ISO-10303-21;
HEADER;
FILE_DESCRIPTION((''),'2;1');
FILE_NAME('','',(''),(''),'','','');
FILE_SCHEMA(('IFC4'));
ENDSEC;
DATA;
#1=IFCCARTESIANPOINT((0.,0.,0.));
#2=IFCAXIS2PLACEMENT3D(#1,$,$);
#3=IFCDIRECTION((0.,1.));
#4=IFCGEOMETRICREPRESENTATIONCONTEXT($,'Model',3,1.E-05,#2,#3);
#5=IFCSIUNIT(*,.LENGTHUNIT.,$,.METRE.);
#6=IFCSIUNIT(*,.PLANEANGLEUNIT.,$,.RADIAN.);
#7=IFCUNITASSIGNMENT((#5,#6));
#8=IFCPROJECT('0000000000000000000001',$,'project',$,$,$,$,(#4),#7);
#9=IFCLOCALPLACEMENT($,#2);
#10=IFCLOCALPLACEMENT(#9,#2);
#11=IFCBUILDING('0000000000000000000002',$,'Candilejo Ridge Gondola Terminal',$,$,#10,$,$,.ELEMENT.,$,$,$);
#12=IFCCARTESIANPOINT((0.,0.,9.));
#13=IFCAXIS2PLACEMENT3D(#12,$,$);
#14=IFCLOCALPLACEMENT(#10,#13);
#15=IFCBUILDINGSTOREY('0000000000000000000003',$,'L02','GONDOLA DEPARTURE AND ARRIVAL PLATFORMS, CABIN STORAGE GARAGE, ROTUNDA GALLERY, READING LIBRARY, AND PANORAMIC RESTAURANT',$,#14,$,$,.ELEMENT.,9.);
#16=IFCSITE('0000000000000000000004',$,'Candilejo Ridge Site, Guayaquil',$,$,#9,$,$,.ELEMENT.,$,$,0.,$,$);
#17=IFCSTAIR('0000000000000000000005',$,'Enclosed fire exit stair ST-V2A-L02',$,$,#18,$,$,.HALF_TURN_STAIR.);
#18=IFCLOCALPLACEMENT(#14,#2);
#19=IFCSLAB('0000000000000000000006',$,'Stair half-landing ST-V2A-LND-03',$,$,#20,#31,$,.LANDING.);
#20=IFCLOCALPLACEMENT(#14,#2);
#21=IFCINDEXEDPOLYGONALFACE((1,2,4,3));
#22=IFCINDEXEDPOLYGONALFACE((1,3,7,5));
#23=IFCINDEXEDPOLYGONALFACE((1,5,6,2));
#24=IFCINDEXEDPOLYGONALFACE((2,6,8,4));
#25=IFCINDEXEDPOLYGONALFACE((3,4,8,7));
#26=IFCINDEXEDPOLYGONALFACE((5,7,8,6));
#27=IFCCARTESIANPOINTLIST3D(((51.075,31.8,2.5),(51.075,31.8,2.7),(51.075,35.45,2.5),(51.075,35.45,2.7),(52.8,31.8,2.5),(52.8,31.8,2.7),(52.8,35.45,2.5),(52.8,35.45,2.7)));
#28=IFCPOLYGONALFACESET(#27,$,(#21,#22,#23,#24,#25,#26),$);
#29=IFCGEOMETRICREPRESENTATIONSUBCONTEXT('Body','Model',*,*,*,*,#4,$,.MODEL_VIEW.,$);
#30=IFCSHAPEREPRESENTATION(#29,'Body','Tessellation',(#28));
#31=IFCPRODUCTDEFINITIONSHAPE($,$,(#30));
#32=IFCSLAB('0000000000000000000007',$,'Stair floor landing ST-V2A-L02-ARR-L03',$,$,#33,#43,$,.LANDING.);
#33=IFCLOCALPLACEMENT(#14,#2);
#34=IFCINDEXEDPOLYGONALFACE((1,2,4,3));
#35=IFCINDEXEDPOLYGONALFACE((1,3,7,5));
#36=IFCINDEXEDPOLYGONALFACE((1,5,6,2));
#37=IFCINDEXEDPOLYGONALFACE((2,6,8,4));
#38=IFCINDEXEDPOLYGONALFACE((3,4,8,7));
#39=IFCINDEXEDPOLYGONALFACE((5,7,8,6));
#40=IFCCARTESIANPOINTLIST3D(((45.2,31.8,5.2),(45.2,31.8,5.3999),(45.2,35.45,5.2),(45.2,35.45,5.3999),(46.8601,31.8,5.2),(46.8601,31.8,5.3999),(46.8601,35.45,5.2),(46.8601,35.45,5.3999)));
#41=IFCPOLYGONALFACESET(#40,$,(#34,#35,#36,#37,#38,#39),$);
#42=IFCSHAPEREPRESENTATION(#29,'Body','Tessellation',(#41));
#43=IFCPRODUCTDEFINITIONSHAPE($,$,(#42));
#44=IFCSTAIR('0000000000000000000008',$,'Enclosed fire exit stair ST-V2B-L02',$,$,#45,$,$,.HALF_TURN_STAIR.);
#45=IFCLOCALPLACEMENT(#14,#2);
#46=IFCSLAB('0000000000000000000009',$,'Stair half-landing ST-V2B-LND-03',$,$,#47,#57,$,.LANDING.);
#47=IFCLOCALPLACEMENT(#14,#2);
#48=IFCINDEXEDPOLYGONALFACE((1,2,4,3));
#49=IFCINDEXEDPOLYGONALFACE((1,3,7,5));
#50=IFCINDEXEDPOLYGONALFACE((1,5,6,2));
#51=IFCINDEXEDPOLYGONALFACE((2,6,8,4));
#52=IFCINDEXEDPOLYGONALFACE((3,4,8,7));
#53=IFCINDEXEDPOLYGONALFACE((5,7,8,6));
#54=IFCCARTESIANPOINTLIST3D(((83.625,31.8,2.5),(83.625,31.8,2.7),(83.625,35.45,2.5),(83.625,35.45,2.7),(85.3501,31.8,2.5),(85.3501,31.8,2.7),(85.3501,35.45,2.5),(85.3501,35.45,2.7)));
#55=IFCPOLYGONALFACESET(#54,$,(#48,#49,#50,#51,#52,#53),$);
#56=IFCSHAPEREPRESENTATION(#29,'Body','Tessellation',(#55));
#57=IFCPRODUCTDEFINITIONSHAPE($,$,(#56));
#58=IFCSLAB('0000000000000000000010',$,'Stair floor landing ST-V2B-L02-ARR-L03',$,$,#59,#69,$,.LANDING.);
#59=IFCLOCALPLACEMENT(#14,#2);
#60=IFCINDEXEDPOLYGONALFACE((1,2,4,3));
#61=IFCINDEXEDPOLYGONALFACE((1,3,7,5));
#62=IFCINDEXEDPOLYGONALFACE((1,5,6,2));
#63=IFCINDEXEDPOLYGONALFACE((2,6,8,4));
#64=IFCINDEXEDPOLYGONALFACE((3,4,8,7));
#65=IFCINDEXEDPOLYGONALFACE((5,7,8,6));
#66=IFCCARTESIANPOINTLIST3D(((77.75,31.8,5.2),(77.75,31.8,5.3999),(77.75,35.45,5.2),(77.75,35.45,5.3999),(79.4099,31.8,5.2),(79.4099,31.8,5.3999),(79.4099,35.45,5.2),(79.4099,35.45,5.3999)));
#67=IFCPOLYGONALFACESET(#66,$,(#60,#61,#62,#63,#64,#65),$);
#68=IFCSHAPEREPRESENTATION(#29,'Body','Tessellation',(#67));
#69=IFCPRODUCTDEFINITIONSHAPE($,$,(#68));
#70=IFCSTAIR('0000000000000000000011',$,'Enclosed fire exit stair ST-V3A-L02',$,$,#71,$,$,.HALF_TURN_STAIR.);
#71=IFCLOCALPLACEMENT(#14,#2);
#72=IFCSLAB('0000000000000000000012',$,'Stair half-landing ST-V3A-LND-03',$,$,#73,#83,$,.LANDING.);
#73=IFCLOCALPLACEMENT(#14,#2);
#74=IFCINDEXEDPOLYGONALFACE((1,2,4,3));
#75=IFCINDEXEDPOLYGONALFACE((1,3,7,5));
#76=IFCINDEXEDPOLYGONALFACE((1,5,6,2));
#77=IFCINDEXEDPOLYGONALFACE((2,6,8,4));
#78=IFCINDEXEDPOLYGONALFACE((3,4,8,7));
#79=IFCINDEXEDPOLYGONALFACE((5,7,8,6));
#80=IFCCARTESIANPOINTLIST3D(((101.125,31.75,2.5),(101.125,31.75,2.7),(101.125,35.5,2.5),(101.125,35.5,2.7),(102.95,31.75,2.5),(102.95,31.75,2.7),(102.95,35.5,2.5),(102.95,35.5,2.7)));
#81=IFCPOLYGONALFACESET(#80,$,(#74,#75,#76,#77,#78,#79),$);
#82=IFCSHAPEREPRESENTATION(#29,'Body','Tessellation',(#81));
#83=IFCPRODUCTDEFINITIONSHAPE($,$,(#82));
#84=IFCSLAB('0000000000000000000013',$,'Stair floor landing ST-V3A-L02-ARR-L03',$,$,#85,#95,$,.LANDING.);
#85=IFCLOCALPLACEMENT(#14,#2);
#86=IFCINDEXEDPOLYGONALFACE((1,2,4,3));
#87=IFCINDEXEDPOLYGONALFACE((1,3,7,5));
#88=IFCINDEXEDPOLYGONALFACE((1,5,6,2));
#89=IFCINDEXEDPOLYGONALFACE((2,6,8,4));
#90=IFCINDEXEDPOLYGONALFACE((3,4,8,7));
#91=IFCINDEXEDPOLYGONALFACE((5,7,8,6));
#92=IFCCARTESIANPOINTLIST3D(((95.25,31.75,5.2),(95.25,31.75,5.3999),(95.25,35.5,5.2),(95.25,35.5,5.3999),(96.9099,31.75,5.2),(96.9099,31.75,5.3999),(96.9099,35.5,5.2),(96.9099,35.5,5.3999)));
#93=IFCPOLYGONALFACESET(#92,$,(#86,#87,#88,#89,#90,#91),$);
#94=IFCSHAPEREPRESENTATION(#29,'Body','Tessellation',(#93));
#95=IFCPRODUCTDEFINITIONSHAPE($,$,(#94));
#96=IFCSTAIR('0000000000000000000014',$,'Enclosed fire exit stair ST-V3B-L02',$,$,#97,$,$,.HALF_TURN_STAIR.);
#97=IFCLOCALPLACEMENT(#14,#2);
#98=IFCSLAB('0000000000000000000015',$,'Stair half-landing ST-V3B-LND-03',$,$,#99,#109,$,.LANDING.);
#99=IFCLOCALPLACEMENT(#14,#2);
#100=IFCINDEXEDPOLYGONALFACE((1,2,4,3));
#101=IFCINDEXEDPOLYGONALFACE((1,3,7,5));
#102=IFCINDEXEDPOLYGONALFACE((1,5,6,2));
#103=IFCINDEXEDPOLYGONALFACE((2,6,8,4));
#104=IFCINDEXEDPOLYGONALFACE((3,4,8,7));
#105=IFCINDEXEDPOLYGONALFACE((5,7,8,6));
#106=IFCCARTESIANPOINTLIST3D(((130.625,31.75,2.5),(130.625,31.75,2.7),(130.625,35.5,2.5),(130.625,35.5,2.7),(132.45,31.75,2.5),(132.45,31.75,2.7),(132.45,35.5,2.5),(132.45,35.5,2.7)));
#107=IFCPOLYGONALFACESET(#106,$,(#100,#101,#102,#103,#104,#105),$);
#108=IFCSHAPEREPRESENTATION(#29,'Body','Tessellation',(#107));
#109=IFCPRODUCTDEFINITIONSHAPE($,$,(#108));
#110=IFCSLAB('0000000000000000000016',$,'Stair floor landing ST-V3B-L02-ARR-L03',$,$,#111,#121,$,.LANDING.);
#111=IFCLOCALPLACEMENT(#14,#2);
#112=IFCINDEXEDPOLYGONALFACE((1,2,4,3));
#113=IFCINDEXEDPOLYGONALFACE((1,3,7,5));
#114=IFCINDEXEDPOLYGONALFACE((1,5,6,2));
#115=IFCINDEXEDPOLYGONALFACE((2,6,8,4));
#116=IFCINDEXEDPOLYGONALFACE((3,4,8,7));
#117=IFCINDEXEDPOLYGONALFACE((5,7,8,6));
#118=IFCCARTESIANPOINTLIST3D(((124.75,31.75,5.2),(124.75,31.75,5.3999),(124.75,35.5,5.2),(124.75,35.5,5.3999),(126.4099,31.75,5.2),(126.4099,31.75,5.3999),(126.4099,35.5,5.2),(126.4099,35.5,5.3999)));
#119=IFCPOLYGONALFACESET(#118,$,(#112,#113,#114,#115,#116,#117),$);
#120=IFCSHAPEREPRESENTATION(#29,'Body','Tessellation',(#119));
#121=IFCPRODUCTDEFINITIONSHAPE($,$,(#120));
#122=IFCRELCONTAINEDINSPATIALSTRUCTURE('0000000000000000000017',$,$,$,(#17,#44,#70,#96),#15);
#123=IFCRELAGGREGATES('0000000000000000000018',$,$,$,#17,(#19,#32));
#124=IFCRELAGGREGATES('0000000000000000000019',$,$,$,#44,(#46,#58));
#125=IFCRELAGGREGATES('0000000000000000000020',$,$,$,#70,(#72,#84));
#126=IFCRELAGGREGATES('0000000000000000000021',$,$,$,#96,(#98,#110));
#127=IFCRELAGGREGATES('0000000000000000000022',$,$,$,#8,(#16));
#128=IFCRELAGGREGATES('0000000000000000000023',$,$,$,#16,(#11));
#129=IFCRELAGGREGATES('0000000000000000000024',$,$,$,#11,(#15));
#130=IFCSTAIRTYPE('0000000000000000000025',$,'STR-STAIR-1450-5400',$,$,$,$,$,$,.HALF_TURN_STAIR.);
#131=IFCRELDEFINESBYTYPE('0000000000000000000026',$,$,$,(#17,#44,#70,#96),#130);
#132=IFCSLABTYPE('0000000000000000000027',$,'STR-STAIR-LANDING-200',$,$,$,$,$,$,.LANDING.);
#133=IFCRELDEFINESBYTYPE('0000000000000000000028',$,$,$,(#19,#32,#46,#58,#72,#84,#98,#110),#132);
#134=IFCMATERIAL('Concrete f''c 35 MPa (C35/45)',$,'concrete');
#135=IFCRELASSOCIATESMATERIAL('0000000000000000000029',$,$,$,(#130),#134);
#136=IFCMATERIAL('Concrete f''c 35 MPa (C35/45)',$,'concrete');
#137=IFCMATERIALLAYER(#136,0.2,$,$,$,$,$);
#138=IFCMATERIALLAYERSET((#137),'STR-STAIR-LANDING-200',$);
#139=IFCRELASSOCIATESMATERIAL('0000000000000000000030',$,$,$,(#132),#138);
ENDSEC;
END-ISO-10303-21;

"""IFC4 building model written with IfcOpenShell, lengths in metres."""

from ifc_helpers import new_model, si_unit, direction, frame, origin, place, context, subcontext, project, spatial, polyline, outline, extrude, material, layer, layer_set, type_object, element, aggregate, save


model = new_model("IFC4")

# Units and contexts
model_context = context("Model", 3, precision=1e-05, world=origin(), true_north=direction((0.0, 1.0)))
body_context = subcontext(model_context, "Body", "Model", "MODEL_VIEW")
ifc_project = project(units=[si_unit("LENGTHUNIT", "METRE"), si_unit("PLANEANGLEUNIT", "RADIAN")], contexts=[model_context])

# Site, building, storey
site_placement = place(None, origin())
site = spatial("IfcSite", under=ifc_project, at=site_placement, Name="Candilejo Ridge Site, Guayaquil", CompositionType="ELEMENT", RefElevation=0.0)
building_placement = place(site_placement, origin())
building = spatial("IfcBuilding", under=site, at=building_placement, Name="Candilejo Ridge Gondola Terminal", CompositionType="ELEMENT")
storey_placement = place(building_placement, frame((0.0, 0.0, 9.0)))
storey = spatial("IfcBuildingStorey", under=building, at=storey_placement, Name="L02", Description="GONDOLA DEPARTURE AND ARRIVAL PLATFORMS, CABIN STORAGE GARAGE, ROTUNDA GALLERY, READING LIBRARY, AND PANORAMIC RESTAURANT", CompositionType="ELEMENT", Elevation=9.0)

# Stairs, slabs
ifc_material_1 = material(Name="Concrete f'c 35 MPa (C35/45)", Category="concrete")
stair_type = type_object("IfcStairType", Name="STR-STAIR-1450-5400", PredefinedType="HALF_TURN_STAIR", material=ifc_material_1)
stair_1_placement = place(storey_placement, origin())
stair_1 = element("IfcStair", 1, at=stair_1_placement, inside=storey, type_object=stair_type, Name="Enclosed fire exit stair ST-V2A-L02", PredefinedType="HALF_TURN_STAIR")
ifc_material_2 = material(Name="Concrete f'c 35 MPa (C35/45)", Category="concrete")
ifc_layer_1 = layer(ifc_material_2, 0.2)
ifc_layer_set_1 = layer_set([ifc_layer_1], Name="STR-STAIR-LANDING-200")
slab_type_1 = type_object("IfcSlabType", Name="STR-STAIR-LANDING-200", PredefinedType="LANDING", material=ifc_layer_set_1)
slab_1_placement = place(storey_placement, frame((0.0, 0.0, 2.5)))
slab_1 = element("IfcSlab", 2, at=slab_1_placement, type_object=slab_type_1, Name="Stair half-landing ST-V2A-LND-03", PredefinedType="LANDING", context=body_context, shape_type="SweptSolid", body=[
    extrude(outline(polyline([(51.075, 31.8), (52.8, 31.8), (52.8, 35.45), (51.075, 35.45), (51.075, 31.8)])), origin(), (0.0, 0.0, 1.0), 0.2),
])
slab_2_placement = place(storey_placement, frame((0.0, 0.0, 5.2)))
slab_2 = element("IfcSlab", 3, at=slab_2_placement, type_object=slab_type_1, Name="Stair floor landing ST-V2A-L02-ARR-L03", PredefinedType="LANDING", context=body_context, shape_type="SweptSolid", body=[
    extrude(outline(polyline([(45.2, 31.8), (46.8601, 31.8), (46.8601, 35.45), (45.2, 35.45), (45.2, 31.8)])), origin(), (0.0, 0.0, 1.0), 0.2),
])
aggregate(stair_1, [slab_1, slab_2])
stair_2_placement = place(storey_placement, origin())
stair_2 = element("IfcStair", 4, at=stair_2_placement, inside=storey, type_object=stair_type, Name="Enclosed fire exit stair ST-V2B-L02", PredefinedType="HALF_TURN_STAIR")
slab_3_placement = place(storey_placement, frame((0.0, 0.0, 2.5)))
slab_3 = element("IfcSlab", 5, at=slab_3_placement, type_object=slab_type_1, Name="Stair half-landing ST-V2B-LND-03", PredefinedType="LANDING", context=body_context, shape_type="SweptSolid", body=[
    extrude(outline(polyline([(83.625, 31.8), (85.3501, 31.8), (85.3501, 35.45), (83.625, 35.45), (83.625, 31.8)])), origin(), (0.0, 0.0, 1.0), 0.2),
])
slab_4_placement = place(storey_placement, frame((0.0, 0.0, 5.2)))
slab_4 = element("IfcSlab", 6, at=slab_4_placement, type_object=slab_type_1, Name="Stair floor landing ST-V2B-L02-ARR-L03", PredefinedType="LANDING", context=body_context, shape_type="SweptSolid", body=[
    extrude(outline(polyline([(77.75, 31.8), (79.4099, 31.8), (79.4099, 35.45), (77.75, 35.45), (77.75, 31.8)])), origin(), (0.0, 0.0, 1.0), 0.2),
])
aggregate(stair_2, [slab_3, slab_4])
stair_3_placement = place(storey_placement, origin())
stair_3 = element("IfcStair", 7, at=stair_3_placement, inside=storey, type_object=stair_type, Name="Enclosed fire exit stair ST-V3A-L02", PredefinedType="HALF_TURN_STAIR")
slab_5_placement = place(storey_placement, frame((0.0, 0.0, 2.5)))
slab_5 = element("IfcSlab", 8, at=slab_5_placement, type_object=slab_type_1, Name="Stair half-landing ST-V3A-LND-03", PredefinedType="LANDING", context=body_context, shape_type="SweptSolid", body=[
    extrude(outline(polyline([(101.125, 31.75), (102.95, 31.75), (102.95, 35.5), (101.125, 35.5), (101.125, 31.75)])), origin(), (0.0, 0.0, 1.0), 0.2),
])
slab_6_placement = place(storey_placement, frame((0.0, 0.0, 5.2)))
slab_6 = element("IfcSlab", 9, at=slab_6_placement, type_object=slab_type_1, Name="Stair floor landing ST-V3A-L02-ARR-L03", PredefinedType="LANDING", context=body_context, shape_type="SweptSolid", body=[
    extrude(outline(polyline([(95.25, 31.75), (96.9099, 31.75), (96.9099, 35.5), (95.25, 35.5), (95.25, 31.75)])), origin(), (0.0, 0.0, 1.0), 0.2),
])
aggregate(stair_3, [slab_5, slab_6])
stair_4_placement = place(storey_placement, origin())
stair_4 = element("IfcStair", 10, at=stair_4_placement, inside=storey, type_object=stair_type, Name="Enclosed fire exit stair ST-V3B-L02", PredefinedType="HALF_TURN_STAIR")
slab_7_placement = place(storey_placement, frame((0.0, 0.0, 2.5)))
slab_7 = element("IfcSlab", 11, at=slab_7_placement, type_object=slab_type_1, Name="Stair half-landing ST-V3B-LND-03", PredefinedType="LANDING", context=body_context, shape_type="SweptSolid", body=[
    extrude(outline(polyline([(130.625, 31.75), (132.45, 31.75), (132.45, 35.5), (130.625, 35.5), (130.625, 31.75)])), origin(), (0.0, 0.0, 1.0), 0.2),
])
slab_8_placement = place(storey_placement, frame((0.0, 0.0, 5.2)))
slab_8 = element("IfcSlab", 12, at=slab_8_placement, type_object=slab_type_1, Name="Stair floor landing ST-V3B-L02-ARR-L03", PredefinedType="LANDING", context=body_context, shape_type="SweptSolid", body=[
    extrude(outline(polyline([(124.75, 31.75), (126.4099, 31.75), (126.4099, 35.5), (124.75, 35.5), (124.75, 31.75)])), origin(), (0.0, 0.0, 1.0), 0.2),
])
aggregate(stair_4, [slab_7, slab_8])

save(model, "model.ifc")
